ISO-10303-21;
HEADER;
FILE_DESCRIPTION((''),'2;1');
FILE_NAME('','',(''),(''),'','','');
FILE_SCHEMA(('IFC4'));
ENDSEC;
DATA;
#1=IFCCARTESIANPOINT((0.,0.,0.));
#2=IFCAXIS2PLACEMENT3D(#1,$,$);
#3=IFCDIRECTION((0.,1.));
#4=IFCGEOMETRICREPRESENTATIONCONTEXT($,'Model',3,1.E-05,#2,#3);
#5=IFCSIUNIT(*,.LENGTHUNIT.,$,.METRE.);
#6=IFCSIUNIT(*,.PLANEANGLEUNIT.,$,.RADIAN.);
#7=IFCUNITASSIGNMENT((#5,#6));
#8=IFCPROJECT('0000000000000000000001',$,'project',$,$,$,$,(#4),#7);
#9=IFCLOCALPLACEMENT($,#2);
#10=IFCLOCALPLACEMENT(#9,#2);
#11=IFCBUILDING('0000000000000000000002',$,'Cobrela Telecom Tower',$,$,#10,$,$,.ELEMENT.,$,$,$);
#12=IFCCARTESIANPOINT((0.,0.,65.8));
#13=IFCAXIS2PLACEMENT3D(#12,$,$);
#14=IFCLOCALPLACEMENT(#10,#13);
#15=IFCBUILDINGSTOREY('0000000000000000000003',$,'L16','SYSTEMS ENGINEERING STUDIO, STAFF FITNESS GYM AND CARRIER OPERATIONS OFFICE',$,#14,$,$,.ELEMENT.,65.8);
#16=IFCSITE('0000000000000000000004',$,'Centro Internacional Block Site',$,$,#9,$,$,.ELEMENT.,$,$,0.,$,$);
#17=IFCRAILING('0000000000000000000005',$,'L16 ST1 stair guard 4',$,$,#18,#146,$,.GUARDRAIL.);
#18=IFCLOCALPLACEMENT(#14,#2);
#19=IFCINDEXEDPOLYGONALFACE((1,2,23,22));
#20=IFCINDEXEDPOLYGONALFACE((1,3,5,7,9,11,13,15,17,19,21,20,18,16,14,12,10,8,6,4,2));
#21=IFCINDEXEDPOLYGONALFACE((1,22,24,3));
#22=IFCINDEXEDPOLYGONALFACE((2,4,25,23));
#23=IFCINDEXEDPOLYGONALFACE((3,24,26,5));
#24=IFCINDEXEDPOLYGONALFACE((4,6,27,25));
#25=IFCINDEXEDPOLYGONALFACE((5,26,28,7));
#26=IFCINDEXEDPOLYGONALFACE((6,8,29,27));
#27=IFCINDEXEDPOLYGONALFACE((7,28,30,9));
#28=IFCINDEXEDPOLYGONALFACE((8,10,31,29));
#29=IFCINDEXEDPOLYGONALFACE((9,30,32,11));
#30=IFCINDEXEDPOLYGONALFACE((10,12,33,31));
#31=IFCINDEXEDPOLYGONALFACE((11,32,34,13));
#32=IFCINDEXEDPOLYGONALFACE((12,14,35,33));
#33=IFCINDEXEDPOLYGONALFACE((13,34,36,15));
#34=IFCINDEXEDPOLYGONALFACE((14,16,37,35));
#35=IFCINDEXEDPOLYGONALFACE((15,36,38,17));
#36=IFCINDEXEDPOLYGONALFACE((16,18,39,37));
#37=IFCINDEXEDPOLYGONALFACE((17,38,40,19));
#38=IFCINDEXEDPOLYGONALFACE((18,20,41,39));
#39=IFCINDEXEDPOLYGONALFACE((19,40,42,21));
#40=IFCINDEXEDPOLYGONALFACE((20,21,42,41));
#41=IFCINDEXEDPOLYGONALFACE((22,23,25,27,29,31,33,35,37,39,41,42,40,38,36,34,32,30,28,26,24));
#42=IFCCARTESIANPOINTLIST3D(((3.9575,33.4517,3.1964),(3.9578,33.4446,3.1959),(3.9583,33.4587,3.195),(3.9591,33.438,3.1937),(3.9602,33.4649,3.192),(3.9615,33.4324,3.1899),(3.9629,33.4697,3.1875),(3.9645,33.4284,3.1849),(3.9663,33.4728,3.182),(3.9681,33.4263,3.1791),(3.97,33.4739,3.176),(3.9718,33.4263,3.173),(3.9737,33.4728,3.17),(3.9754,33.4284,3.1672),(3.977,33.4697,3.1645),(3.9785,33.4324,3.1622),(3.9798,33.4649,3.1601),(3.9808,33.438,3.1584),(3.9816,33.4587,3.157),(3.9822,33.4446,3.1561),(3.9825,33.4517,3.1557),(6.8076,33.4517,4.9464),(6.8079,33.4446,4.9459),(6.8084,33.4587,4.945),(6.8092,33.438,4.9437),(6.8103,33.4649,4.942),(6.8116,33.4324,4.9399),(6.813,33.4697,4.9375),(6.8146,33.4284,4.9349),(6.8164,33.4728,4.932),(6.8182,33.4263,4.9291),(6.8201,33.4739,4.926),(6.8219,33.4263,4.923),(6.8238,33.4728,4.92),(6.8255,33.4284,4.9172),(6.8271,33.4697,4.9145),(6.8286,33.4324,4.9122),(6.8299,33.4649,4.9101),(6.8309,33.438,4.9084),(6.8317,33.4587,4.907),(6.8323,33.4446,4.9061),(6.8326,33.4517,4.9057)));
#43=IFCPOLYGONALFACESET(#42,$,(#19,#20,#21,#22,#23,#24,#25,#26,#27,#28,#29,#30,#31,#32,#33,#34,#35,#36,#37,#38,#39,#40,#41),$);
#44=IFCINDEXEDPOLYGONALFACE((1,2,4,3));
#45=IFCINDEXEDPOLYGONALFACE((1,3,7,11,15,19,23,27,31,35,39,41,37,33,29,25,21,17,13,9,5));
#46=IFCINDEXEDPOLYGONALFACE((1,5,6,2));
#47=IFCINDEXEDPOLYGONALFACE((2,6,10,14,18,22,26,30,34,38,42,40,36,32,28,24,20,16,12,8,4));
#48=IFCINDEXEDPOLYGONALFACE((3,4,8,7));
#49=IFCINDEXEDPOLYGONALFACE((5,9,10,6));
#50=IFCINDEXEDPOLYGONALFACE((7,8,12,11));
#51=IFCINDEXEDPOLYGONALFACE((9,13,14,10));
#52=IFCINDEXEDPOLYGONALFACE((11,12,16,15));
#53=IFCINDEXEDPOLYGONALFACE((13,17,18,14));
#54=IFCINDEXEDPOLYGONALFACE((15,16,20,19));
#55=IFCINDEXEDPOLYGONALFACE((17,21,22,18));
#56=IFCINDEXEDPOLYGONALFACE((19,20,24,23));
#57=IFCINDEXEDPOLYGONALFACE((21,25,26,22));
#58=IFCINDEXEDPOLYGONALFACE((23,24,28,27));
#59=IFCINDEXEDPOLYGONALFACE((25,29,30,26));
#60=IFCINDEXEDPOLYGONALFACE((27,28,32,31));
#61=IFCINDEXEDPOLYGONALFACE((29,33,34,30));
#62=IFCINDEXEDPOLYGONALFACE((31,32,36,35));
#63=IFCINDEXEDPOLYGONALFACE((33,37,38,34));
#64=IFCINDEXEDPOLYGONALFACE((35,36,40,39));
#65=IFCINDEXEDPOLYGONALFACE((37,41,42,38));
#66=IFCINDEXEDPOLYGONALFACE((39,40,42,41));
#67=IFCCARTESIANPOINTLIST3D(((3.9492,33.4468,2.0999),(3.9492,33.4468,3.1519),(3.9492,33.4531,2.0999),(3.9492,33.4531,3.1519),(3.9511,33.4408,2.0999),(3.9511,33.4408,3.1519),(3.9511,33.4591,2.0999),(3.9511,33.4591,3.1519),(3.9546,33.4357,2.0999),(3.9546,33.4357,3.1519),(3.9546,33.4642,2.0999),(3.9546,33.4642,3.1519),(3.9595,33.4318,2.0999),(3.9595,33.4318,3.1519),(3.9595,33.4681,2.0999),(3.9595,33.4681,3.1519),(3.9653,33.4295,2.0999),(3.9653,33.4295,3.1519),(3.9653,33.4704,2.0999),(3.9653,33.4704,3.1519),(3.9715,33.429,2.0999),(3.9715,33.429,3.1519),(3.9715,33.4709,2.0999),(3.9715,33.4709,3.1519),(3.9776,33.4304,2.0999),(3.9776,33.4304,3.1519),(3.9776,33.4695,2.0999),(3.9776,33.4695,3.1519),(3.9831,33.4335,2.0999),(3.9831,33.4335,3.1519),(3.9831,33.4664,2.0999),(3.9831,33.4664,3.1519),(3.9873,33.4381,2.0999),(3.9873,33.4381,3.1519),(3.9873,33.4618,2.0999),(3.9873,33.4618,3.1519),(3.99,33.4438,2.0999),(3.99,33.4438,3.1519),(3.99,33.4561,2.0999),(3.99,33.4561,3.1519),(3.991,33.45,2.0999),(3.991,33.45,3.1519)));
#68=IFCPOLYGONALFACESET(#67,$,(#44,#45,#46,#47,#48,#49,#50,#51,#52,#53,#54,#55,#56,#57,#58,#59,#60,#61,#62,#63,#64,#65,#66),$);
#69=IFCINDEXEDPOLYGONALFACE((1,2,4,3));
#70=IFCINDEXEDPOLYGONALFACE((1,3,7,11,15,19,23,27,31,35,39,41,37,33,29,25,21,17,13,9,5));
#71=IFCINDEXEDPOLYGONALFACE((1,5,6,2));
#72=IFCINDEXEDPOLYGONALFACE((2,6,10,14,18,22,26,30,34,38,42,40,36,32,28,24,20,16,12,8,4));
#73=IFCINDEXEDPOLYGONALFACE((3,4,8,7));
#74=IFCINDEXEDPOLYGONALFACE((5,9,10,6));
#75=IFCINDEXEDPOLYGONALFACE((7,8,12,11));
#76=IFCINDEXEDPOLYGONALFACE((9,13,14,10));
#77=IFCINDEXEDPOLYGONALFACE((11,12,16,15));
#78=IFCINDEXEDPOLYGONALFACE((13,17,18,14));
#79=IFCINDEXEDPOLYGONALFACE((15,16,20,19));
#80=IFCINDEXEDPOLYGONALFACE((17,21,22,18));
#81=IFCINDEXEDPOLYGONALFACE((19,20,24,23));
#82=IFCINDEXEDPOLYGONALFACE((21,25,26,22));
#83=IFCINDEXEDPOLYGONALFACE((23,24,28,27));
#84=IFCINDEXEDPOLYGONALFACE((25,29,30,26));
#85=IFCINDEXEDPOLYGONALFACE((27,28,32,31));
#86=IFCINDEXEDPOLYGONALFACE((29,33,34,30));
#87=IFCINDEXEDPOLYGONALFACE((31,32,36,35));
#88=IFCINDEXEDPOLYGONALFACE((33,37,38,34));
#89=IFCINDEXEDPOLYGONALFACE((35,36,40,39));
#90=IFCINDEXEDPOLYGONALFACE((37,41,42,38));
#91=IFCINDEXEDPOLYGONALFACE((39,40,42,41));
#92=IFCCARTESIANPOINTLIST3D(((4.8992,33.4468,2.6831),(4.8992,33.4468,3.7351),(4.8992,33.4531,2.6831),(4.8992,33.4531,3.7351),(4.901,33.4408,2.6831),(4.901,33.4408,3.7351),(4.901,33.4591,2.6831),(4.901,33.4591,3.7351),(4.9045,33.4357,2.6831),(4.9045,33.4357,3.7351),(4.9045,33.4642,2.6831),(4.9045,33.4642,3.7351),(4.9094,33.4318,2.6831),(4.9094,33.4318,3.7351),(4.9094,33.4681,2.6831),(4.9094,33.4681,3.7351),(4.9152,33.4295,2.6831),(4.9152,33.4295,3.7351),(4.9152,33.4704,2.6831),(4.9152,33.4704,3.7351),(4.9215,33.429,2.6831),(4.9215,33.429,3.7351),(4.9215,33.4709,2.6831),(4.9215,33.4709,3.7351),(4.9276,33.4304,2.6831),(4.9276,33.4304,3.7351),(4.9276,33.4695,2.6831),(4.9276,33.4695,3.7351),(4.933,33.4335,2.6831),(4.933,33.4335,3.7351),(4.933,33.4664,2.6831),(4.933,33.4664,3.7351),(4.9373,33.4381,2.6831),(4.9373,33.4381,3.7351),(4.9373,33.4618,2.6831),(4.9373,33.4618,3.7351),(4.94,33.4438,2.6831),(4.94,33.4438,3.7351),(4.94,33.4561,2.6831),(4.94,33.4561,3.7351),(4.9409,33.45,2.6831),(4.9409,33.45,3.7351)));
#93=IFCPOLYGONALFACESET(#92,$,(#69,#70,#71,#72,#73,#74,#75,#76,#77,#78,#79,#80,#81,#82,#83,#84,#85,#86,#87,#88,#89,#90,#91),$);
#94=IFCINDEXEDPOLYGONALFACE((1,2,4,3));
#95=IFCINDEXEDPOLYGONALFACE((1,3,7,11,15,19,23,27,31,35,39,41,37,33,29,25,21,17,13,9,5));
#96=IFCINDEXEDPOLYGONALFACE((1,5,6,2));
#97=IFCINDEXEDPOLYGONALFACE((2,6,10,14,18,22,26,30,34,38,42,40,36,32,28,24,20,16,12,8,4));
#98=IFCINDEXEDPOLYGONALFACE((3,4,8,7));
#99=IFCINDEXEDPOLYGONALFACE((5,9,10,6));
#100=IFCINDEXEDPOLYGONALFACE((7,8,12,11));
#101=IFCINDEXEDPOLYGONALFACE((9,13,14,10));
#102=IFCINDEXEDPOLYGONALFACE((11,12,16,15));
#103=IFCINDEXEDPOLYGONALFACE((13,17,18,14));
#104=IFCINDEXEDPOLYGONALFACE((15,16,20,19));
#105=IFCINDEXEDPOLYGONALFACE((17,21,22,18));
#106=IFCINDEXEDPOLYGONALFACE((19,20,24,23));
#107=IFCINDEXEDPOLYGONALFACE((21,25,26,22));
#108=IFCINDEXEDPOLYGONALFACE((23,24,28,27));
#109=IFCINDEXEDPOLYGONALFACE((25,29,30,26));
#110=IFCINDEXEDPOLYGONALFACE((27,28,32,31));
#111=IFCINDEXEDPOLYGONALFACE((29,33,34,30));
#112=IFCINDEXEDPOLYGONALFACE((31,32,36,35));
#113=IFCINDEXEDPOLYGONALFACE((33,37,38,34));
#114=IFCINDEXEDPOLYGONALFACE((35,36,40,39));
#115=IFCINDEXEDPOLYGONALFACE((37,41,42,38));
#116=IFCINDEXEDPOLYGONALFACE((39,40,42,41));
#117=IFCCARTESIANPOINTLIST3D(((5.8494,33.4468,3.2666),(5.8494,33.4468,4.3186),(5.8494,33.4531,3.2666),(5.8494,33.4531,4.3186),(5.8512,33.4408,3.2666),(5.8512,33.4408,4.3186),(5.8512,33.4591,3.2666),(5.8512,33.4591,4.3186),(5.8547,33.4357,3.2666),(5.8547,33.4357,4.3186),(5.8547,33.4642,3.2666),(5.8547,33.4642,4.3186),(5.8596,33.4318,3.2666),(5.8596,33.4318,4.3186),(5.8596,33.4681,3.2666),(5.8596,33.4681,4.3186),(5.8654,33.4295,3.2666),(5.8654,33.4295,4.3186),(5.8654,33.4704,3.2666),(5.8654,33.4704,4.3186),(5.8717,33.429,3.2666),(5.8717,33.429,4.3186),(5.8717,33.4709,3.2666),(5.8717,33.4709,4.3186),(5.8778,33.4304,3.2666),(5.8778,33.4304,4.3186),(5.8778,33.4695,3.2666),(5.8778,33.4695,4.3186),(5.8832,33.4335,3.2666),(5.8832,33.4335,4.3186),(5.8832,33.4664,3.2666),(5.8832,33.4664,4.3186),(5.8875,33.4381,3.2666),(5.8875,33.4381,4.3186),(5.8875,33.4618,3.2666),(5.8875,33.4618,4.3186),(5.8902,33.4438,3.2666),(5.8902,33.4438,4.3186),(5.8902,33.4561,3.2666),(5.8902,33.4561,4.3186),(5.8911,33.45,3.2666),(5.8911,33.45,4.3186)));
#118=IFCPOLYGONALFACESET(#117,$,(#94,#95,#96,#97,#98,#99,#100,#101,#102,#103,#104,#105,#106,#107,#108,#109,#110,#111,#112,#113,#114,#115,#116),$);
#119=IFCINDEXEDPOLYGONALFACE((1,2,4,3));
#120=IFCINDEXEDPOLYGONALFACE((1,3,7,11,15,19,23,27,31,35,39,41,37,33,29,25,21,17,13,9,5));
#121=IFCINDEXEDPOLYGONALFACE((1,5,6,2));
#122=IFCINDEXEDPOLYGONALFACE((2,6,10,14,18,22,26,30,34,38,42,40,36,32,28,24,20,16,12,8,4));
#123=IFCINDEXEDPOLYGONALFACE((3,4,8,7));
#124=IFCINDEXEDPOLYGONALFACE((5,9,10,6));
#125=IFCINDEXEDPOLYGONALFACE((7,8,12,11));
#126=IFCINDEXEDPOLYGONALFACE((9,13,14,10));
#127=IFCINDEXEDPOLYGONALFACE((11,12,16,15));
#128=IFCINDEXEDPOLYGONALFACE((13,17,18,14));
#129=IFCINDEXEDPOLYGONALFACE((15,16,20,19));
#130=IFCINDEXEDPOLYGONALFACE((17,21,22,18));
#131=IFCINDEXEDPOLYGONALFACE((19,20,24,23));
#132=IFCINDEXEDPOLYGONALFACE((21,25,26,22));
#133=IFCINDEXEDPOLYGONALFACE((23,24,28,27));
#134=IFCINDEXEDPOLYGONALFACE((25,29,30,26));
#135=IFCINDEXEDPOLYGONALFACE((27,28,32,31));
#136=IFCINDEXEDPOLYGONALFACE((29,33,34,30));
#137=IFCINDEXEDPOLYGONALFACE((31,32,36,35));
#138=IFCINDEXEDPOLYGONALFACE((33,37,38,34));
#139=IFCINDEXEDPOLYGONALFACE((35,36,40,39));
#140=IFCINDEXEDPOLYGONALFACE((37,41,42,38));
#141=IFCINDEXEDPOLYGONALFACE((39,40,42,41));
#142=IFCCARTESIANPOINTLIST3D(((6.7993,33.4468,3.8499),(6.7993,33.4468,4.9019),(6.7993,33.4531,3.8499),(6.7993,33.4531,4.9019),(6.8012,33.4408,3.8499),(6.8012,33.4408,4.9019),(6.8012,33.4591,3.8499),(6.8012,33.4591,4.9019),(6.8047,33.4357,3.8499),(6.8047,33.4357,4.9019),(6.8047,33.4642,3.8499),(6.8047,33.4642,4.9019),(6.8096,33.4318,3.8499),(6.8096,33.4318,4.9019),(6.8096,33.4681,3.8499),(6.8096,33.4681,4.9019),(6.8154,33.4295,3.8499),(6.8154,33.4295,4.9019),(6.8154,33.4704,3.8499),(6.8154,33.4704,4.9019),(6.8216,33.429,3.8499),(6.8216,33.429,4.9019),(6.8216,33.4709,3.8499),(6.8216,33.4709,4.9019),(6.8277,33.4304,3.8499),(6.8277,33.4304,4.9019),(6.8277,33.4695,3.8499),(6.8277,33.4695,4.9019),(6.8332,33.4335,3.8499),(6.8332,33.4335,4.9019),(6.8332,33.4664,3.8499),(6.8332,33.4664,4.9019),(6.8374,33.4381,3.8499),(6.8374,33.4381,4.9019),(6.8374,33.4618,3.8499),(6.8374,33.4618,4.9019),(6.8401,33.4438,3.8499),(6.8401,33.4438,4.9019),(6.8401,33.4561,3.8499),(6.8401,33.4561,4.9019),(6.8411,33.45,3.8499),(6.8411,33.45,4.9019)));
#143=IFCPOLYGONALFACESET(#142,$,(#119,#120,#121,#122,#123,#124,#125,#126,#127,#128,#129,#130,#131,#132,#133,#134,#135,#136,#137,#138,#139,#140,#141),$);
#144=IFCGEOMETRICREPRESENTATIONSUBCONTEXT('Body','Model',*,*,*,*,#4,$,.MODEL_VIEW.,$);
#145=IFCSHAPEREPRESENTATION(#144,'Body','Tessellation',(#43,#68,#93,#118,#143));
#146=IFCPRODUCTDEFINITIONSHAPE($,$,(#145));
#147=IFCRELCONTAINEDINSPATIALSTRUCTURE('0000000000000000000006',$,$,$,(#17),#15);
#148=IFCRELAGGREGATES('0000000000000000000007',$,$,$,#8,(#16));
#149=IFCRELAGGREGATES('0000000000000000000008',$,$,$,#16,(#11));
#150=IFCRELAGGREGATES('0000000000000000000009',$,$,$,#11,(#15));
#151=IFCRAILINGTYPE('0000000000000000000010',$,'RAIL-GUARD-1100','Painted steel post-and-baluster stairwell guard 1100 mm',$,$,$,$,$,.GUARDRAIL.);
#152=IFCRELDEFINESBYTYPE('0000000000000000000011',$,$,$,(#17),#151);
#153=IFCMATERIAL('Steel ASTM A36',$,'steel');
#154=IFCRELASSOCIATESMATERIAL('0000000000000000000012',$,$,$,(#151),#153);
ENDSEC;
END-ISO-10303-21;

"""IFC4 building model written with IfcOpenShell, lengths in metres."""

from ifc_helpers import new_model, si_unit, direction, frame, origin, origin_2d, place, context, subcontext, project, spatial, circle, extrude, material, type_object, element, save


model = new_model("IFC4")

# Units and contexts
model_context = context("Model", 3, precision=1e-05, world=origin(), true_north=direction((0.0, 1.0)))
body_context = subcontext(model_context, "Body", "Model", "MODEL_VIEW")
ifc_project = project(units=[si_unit("LENGTHUNIT", "METRE"), si_unit("PLANEANGLEUNIT", "RADIAN")], contexts=[model_context])

# Site, building, storey
site_placement = place(None, origin())
site = spatial("IfcSite", under=ifc_project, at=site_placement, Name="Centro Internacional Block Site", CompositionType="ELEMENT", RefElevation=0.0)
building_placement = place(site_placement, origin())
building = spatial("IfcBuilding", under=site, at=building_placement, Name="Cobrela Telecom Tower", CompositionType="ELEMENT")
storey_placement = place(building_placement, frame((0.0, 0.0, 65.8)))
storey = spatial("IfcBuildingStorey", under=building, at=storey_placement, Name="L16", Description="SYSTEMS ENGINEERING STUDIO, STAFF FITNESS GYM AND CARRIER OPERATIONS OFFICE", CompositionType="ELEMENT", Elevation=65.8)

# Shared definitions
ifc_material_1 = material(Name="Steel ASTM A36", Category="steel")

# Railing
railing_type_1 = type_object("IfcRailingType", Name="RAIL-GUARD-1100", Description="Painted steel post-and-baluster stairwell guard 1100 mm", PredefinedType="GUARDRAIL", material=ifc_material_1)
railing_1_placement = place(storey_placement, frame((3.97, 33.45, 2.0999)))
element("IfcRailing", 1, at=railing_1_placement, inside=storey, type_object=railing_type_1, Name="L16 ST1 stair guard 4", PredefinedType="GUARDRAIL", context=body_context, shape_type="SweptSolid", body=[
    extrude(circle(Radius=0.0239, at=origin_2d()), frame((0.0, 0.0, 1.0762), z_axis=(0.852179, 0.0, 0.52325), x_axis=(0.0, 1.0, 0.0)), (0.0, 0.0, 1.0), 3.3445),
    extrude(circle(Radius=0.021, at=origin_2d()), origin(), (0.0, 0.0, 1.0), 1.052),
    extrude(circle(Radius=0.021, at=origin_2d()), frame((0.95, 0.0, 0.5833)), (0.0, 0.0, 1.0), 1.052),
    extrude(circle(Radius=0.021, at=origin_2d()), frame((1.9001, 0.0, 1.1667)), (0.0, 0.0, 1.0), 1.052),
    extrude(circle(Radius=0.021, at=origin_2d()), frame((2.8501, 0.0, 1.75)), (0.0, 0.0, 1.0), 1.052),
])

save(model, "model.ifc")
